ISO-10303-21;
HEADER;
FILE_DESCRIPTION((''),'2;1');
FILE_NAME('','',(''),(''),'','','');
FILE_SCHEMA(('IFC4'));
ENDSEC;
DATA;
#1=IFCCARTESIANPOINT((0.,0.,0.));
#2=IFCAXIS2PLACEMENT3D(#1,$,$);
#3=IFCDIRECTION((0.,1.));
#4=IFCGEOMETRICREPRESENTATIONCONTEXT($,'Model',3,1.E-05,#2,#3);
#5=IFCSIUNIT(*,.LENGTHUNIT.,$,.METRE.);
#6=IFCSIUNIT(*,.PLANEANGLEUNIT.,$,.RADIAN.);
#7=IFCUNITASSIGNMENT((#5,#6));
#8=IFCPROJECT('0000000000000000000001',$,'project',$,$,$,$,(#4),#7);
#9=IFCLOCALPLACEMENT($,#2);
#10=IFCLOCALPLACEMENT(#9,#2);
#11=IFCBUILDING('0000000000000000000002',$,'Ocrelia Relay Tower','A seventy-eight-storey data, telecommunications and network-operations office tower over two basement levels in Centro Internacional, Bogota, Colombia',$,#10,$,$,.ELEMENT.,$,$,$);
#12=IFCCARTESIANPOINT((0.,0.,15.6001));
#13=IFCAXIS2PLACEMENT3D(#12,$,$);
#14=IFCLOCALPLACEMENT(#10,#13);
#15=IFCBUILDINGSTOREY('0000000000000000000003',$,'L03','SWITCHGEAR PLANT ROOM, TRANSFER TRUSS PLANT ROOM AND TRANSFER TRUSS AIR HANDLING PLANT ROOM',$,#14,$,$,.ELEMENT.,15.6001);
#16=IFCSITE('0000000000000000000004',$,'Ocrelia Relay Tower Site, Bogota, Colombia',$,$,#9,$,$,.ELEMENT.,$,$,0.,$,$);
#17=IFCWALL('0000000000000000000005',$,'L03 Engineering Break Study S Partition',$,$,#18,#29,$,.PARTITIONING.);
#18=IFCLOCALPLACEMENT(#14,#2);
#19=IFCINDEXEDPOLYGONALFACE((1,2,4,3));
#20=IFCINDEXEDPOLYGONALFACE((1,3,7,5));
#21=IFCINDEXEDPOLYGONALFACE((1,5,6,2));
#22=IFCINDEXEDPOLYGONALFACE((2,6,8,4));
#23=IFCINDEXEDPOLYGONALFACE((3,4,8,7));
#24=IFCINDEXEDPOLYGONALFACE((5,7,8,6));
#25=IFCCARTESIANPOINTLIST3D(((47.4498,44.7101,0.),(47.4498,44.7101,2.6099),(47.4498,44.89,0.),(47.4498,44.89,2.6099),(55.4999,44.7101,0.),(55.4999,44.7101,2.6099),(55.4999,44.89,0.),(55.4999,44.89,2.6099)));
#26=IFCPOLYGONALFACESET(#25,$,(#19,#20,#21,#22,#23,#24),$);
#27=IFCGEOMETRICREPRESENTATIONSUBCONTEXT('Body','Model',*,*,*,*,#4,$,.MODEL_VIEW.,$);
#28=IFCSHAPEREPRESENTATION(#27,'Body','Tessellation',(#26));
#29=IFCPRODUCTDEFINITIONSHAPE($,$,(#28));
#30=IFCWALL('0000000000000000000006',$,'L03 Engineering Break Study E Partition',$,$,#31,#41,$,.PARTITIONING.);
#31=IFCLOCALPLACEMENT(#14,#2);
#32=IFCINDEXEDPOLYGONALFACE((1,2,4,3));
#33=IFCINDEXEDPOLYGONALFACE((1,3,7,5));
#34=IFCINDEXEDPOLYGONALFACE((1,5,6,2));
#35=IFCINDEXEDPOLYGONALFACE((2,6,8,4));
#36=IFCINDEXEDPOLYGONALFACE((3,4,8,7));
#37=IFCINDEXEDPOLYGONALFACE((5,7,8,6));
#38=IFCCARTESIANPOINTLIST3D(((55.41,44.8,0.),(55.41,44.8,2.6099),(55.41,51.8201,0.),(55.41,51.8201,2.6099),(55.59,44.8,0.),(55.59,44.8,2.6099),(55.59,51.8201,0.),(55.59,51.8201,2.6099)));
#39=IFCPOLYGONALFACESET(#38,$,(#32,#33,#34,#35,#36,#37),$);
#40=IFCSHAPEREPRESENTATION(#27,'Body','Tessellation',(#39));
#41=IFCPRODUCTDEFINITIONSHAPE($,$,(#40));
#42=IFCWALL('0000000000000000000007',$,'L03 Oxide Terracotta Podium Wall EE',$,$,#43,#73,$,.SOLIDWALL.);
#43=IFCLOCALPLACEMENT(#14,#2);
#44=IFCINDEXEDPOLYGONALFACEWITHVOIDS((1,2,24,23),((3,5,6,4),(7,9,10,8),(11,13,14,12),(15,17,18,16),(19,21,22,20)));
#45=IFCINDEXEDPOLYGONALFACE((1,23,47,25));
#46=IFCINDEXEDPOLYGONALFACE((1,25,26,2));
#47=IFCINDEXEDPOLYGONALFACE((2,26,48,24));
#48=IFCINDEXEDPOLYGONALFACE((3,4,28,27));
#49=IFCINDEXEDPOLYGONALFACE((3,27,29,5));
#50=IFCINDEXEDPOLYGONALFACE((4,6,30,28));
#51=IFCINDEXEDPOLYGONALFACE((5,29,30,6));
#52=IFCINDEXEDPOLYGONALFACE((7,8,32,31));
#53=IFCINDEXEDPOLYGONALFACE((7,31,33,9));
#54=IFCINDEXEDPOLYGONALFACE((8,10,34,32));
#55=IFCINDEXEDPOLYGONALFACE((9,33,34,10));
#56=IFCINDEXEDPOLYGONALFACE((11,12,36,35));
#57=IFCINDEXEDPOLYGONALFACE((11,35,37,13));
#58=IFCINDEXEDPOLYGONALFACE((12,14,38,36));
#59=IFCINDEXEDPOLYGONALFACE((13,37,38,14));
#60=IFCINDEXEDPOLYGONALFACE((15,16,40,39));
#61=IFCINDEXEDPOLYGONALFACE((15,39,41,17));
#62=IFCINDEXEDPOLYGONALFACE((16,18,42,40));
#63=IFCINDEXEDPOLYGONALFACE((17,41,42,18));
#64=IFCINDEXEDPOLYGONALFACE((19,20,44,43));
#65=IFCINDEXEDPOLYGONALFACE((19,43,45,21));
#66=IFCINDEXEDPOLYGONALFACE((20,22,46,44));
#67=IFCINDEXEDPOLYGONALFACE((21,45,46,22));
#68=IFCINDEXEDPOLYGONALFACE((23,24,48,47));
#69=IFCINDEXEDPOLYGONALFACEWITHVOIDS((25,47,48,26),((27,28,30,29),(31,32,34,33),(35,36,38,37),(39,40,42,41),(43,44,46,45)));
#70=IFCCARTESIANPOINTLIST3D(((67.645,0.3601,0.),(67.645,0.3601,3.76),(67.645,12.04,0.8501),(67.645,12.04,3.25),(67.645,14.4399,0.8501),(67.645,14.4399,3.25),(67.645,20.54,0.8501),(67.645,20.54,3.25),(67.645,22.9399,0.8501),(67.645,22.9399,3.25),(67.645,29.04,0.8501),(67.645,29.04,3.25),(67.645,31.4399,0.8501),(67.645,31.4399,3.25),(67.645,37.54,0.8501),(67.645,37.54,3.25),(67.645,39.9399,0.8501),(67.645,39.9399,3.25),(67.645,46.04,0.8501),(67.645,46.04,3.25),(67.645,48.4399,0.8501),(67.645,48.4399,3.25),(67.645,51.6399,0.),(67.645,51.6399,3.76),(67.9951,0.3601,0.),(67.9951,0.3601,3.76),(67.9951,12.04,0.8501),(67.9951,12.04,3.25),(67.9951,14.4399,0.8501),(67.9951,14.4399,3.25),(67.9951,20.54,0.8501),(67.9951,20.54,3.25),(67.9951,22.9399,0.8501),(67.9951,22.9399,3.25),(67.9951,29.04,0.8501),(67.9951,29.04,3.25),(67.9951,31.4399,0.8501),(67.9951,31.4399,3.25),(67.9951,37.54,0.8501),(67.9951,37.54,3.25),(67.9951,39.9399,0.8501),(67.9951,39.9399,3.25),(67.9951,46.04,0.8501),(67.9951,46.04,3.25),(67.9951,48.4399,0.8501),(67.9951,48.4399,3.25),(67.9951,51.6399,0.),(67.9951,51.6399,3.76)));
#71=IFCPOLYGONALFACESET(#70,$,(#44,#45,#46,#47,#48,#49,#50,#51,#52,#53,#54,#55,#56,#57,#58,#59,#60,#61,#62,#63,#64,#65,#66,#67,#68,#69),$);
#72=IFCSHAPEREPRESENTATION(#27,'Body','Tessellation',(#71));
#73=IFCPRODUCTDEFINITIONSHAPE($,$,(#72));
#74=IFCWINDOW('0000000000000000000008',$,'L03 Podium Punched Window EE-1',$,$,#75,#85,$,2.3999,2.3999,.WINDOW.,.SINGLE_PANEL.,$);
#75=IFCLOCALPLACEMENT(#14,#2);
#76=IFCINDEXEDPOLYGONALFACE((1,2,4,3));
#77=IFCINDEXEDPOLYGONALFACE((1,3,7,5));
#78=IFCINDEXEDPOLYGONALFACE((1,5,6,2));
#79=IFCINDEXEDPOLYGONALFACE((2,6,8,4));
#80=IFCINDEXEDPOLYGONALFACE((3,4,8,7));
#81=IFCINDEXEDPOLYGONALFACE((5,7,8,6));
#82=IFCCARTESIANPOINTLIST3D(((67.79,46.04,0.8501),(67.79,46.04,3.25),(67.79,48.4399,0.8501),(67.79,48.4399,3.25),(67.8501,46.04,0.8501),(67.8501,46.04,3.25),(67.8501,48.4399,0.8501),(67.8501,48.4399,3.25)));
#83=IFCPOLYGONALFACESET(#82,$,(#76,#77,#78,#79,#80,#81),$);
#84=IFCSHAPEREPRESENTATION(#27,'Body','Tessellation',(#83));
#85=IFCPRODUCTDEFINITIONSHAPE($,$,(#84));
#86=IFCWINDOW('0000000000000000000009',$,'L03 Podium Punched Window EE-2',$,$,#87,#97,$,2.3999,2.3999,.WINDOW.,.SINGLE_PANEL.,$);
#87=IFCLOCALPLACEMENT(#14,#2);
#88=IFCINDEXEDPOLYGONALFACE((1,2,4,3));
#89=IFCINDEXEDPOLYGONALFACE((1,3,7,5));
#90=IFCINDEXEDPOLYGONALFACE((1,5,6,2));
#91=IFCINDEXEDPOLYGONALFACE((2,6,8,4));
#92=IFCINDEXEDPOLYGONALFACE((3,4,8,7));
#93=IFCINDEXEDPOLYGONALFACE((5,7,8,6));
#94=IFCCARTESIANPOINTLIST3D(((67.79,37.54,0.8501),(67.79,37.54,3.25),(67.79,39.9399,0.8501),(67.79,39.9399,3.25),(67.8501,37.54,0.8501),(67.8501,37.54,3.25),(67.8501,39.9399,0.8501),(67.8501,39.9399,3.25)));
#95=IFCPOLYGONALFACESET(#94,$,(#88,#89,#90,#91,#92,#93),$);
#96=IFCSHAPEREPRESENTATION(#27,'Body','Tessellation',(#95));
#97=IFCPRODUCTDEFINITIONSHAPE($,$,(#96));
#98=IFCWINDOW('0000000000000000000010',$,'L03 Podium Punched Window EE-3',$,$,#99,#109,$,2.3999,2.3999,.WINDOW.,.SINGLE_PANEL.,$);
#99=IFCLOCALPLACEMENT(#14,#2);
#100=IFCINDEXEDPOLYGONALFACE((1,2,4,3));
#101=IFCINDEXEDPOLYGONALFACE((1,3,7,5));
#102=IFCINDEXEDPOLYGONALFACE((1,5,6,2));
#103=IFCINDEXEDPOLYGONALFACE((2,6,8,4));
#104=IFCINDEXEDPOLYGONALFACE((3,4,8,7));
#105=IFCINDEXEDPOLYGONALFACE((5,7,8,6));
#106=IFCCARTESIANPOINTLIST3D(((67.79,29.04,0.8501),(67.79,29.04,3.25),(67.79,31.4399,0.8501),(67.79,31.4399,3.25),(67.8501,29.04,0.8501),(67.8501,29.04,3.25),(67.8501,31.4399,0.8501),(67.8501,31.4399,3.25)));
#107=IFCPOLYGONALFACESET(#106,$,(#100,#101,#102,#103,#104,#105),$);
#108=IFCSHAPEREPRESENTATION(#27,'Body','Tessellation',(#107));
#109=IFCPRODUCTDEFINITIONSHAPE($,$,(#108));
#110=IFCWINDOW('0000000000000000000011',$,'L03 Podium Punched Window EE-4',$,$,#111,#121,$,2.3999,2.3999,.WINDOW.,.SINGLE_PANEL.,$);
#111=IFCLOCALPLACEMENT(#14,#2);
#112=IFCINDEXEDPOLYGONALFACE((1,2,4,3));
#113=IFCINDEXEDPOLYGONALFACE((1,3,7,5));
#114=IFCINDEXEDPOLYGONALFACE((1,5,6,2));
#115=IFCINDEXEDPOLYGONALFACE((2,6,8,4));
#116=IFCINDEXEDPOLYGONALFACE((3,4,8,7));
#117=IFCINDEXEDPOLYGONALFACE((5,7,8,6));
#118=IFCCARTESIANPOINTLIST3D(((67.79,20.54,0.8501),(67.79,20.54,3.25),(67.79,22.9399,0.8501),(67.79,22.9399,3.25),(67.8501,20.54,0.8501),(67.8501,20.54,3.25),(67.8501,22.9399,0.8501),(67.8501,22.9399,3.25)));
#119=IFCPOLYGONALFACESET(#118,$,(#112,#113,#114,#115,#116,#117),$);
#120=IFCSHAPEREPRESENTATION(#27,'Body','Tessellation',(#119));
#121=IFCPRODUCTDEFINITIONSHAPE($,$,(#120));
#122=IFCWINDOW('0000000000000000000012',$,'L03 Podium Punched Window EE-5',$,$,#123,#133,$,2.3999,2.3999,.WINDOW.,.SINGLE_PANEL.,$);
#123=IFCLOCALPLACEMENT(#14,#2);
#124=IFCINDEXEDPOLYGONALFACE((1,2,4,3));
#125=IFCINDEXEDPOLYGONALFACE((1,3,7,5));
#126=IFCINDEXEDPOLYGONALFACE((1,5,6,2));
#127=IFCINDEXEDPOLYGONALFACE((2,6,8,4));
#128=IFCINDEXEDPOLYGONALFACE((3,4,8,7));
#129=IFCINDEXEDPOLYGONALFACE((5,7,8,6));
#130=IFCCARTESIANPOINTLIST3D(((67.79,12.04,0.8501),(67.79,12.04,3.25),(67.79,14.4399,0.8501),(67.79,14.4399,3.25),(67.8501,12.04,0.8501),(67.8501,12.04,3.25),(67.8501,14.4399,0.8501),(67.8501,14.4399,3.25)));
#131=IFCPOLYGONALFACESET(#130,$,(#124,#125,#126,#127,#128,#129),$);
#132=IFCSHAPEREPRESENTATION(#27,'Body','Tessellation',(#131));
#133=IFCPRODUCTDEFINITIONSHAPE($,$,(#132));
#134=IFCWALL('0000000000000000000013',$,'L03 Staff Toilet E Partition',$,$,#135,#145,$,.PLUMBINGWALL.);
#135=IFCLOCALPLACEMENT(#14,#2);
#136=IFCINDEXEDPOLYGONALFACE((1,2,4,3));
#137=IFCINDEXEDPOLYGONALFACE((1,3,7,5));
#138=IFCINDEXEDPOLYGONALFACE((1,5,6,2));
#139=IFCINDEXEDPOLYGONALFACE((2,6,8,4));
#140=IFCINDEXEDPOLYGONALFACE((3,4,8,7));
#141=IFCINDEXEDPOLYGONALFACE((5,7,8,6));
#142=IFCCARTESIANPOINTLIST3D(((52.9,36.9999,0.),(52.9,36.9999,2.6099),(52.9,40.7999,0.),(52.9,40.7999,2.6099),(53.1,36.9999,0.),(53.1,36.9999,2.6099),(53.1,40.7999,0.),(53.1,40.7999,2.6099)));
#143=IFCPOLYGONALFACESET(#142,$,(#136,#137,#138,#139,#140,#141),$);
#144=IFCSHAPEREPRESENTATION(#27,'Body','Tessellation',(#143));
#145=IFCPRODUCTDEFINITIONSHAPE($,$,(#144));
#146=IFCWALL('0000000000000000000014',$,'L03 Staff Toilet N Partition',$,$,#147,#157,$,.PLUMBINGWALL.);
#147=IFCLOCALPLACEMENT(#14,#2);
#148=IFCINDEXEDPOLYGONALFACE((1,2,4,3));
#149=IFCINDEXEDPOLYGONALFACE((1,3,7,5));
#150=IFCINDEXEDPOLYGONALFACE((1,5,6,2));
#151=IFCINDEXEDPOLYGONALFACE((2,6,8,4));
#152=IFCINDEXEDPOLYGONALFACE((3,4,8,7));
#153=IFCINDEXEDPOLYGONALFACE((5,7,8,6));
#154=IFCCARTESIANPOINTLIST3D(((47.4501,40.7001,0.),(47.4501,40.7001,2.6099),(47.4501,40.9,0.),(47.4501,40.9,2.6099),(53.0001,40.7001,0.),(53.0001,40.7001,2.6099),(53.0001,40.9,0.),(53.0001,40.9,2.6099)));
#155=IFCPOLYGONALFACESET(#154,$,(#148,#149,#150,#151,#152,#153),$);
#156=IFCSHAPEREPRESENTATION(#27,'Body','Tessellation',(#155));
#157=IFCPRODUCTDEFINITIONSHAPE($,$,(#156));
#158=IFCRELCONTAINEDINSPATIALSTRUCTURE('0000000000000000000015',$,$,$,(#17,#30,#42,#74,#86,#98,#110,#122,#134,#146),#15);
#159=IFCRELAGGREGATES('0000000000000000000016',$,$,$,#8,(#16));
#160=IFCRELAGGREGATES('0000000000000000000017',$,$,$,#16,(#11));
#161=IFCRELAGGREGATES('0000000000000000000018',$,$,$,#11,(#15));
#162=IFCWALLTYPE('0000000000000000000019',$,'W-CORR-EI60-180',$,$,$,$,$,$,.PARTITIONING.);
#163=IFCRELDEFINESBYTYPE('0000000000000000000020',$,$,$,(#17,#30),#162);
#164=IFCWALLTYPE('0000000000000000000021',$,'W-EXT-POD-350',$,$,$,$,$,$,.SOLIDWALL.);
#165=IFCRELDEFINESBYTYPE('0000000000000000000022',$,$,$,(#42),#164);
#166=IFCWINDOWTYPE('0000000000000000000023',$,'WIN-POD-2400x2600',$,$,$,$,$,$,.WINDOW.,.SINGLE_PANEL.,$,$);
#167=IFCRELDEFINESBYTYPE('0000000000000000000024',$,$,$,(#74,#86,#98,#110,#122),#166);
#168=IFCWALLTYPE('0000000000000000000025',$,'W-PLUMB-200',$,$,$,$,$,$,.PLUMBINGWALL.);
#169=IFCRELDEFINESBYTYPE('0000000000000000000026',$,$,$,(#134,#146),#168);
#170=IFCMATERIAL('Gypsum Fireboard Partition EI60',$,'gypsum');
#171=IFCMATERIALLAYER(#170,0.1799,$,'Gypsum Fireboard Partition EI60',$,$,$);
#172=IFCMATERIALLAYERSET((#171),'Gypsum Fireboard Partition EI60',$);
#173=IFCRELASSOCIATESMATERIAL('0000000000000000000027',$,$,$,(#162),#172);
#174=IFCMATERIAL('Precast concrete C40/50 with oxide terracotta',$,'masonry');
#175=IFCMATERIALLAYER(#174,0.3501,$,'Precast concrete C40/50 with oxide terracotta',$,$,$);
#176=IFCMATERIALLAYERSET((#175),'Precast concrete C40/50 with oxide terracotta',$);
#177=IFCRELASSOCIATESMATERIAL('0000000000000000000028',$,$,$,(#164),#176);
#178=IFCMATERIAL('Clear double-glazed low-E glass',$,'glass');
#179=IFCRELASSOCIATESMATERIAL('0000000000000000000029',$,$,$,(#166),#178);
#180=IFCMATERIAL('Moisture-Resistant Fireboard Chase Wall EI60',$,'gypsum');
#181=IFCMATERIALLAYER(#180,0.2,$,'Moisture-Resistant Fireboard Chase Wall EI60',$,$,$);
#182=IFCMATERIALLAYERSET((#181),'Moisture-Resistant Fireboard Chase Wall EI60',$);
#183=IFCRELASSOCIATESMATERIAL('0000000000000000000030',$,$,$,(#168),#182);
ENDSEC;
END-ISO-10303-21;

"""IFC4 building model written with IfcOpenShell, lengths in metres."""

from ifc_helpers import new_model, si_unit, direction, frame, frame_2d, origin, place, context, subcontext, project, spatial, rectangle, extrude, material, layer, layer_set, type_object, element, fill, save


model = new_model("IFC4")

# Units and contexts
model_context = context("Model", 3, precision=1e-05, world=origin(), true_north=direction((0.0, 1.0)))
body_context = subcontext(model_context, "Body", "Model", "MODEL_VIEW")
ifc_project = project(units=[si_unit("LENGTHUNIT", "METRE"), si_unit("PLANEANGLEUNIT", "RADIAN")], contexts=[model_context])

# Site, building, storey
site_placement = place(None, origin())
site = spatial("IfcSite", under=ifc_project, at=site_placement, Name="Ocrelia Relay Tower Site, Bogota, Colombia", CompositionType="ELEMENT", RefElevation=0.0)
building_placement = place(site_placement, origin())
building = spatial("IfcBuilding", under=site, at=building_placement, Name="Ocrelia Relay Tower", Description="A seventy-eight-storey data, telecommunications and network-operations office tower over two basement levels in Centro Internacional, Bogota, Colombia", CompositionType="ELEMENT")
storey_placement = place(building_placement, frame((0.0, 0.0, 15.6001)))
storey = spatial("IfcBuildingStorey", under=building, at=storey_placement, Name="L03", Description="SWITCHGEAR PLANT ROOM, TRANSFER TRUSS PLANT ROOM AND TRANSFER TRUSS AIR HANDLING PLANT ROOM", CompositionType="ELEMENT", Elevation=15.6001)

# Shared definitions
ifc_material_1 = material(Name="Gypsum Fireboard Partition EI60", Category="gypsum")
ifc_layer_1 = layer(ifc_material_1, 0.1799, Name="Gypsum Fireboard Partition EI60")
ifc_layer_set_1 = layer_set([ifc_layer_1], Name="Gypsum Fireboard Partition EI60")
wall_type_1 = type_object("IfcWallType", Name="W-CORR-EI60-180", PredefinedType="PARTITIONING", material=ifc_layer_set_1)

# Walls
wall_1_placement = place(storey_placement, frame((47.45, 44.8, 0.0), z_axis=(0.0, 0.0, 1.0), x_axis=(1.0, 0.0, 0.0)))
element("IfcWall", 1, at=wall_1_placement, inside=storey, type_object=wall_type_1, Name="L03 Engineering Break Study S Partition", PredefinedType="PARTITIONING", context=body_context, shape_type="SweptSolid", body=[
    extrude(rectangle(XDim=8.05, YDim=0.1799, at=frame_2d((4.0249, 0.0))), origin(), (0.0, 0.0, 1.0), 2.6099),
])
wall_2_placement = place(storey_placement, frame((55.5, 44.8, 0.0), z_axis=(0.0, 0.0, 1.0), x_axis=(0.0, 1.0, 0.0)))
element("IfcWall", 2, at=wall_2_placement, inside=storey, type_object=wall_type_1, Name="L03 Engineering Break Study E Partition", PredefinedType="PARTITIONING", context=body_context, shape_type="SweptSolid", body=[
    extrude(rectangle(XDim=7.02, YDim=0.1799, at=frame_2d((3.51, 0.0))), origin(), (0.0, 0.0, 1.0), 2.6099),
])

# Wall, openings, windows
ifc_material_2 = material(Name="Precast concrete C40/50 with oxide terracotta", Category="masonry")
ifc_layer_2 = layer(ifc_material_2, 0.3501, Name="Precast concrete C40/50 with oxide terracotta")
ifc_layer_set_2 = layer_set([ifc_layer_2], Name="Precast concrete C40/50 with oxide terracotta")
wall_type_2 = type_object("IfcWallType", Name="W-EXT-POD-350", PredefinedType="SOLIDWALL", material=ifc_layer_set_2)
wall_3_placement = place(storey_placement, frame((67.8201, 51.6399, 0.0), z_axis=(0.0, 0.0, 1.0), x_axis=(0.0, -1.0, 0.0)))
wall_3 = element("IfcWall", 3, at=wall_3_placement, inside=storey, type_object=wall_type_2, Name="L03 Oxide Terracotta Podium Wall EE", PredefinedType="SOLIDWALL", context=body_context, shape_type="SweptSolid", body=[
    extrude(rectangle(XDim=51.2798, YDim=0.3501, at=frame_2d((25.6399, 0.0))), origin(), (0.0, 0.0, 1.0), 3.76),
])
opening_1_placement = place(wall_3_placement, frame((3.2, 0.0, 0.8501)))
opening_1 = element("IfcOpeningElement", 4, at=opening_1_placement, cuts=wall_3, PredefinedType="OPENING", context=body_context, shape_type="SweptSolid", body=[
    extrude(rectangle(XDim=2.3999, YDim=2.3999, at=frame_2d((1.2, 1.2))), frame((0.0, 0.1851, 0.0), z_axis=(0.0, -1.0, 0.0), x_axis=(1.0, 0.0, 0.0)), (0.0, 0.0, 1.0), 0.3701),
])
opening_2_placement = place(wall_3_placement, frame((11.7, 0.0, 0.8501)))
opening_2 = element("IfcOpeningElement", 5, at=opening_2_placement, cuts=wall_3, PredefinedType="OPENING", context=body_context, shape_type="SweptSolid", body=[
    extrude(rectangle(XDim=2.3999, YDim=2.3999, at=frame_2d((1.2, 1.2))), frame((0.0, 0.1851, 0.0), z_axis=(0.0, -1.0, 0.0), x_axis=(1.0, 0.0, 0.0)), (0.0, 0.0, 1.0), 0.3701),
])
opening_3_placement = place(wall_3_placement, frame((20.2, 0.0, 0.8501)))
opening_3 = element("IfcOpeningElement", 6, at=opening_3_placement, cuts=wall_3, PredefinedType="OPENING", context=body_context, shape_type="SweptSolid", body=[
    extrude(rectangle(XDim=2.3999, YDim=2.3999, at=frame_2d((1.2, 1.2))), frame((0.0, 0.1851, 0.0), z_axis=(0.0, -1.0, 0.0), x_axis=(1.0, 0.0, 0.0)), (0.0, 0.0, 1.0), 0.3701),
])
opening_4_placement = place(wall_3_placement, frame((28.7, 0.0, 0.8501)))
opening_4 = element("IfcOpeningElement", 7, at=opening_4_placement, cuts=wall_3, PredefinedType="OPENING", context=body_context, shape_type="SweptSolid", body=[
    extrude(rectangle(XDim=2.3999, YDim=2.3999, at=frame_2d((1.2, 1.2))), frame((0.0, 0.1851, 0.0), z_axis=(0.0, -1.0, 0.0), x_axis=(1.0, 0.0, 0.0)), (0.0, 0.0, 1.0), 0.3701),
])
opening_5_placement = place(wall_3_placement, frame((37.2, 0.0, 0.8501)))
opening_5 = element("IfcOpeningElement", 8, at=opening_5_placement, cuts=wall_3, PredefinedType="OPENING", context=body_context, shape_type="SweptSolid", body=[
    extrude(rectangle(XDim=2.3999, YDim=2.3999, at=frame_2d((1.2, 1.2))), frame((0.0, 0.1851, 0.0), z_axis=(0.0, -1.0, 0.0), x_axis=(1.0, 0.0, 0.0)), (0.0, 0.0, 1.0), 0.3701),
])
ifc_material_3 = material(Name="Clear double-glazed low-E glass", Category="glass")
window_type = type_object("IfcWindowType", Name="WIN-POD-2400x2600", PartitioningType="SINGLE_PANEL", PredefinedType="WINDOW", material=ifc_material_3)
window_1_placement = place(opening_1_placement, origin())
window_1 = element("IfcWindow", 9, at=window_1_placement, inside=storey, type_object=window_type, Name="L03 Podium Punched Window EE-1", OverallHeight=2.3999, OverallWidth=2.3999, PartitioningType="SINGLE_PANEL", PredefinedType="WINDOW", context=body_context, shape_type="SweptSolid", body=[
    extrude(rectangle(XDim=2.3999, YDim=2.3999, at=frame_2d((1.2, 1.2))), frame((0.0, 0.03, 0.0), z_axis=(0.0, -1.0, 0.0), x_axis=(1.0, 0.0, 0.0)), (0.0, 0.0, 1.0), 0.0601),
])
fill(opening_1, window_1)
window_2_placement = place(opening_2_placement, origin())
window_2 = element("IfcWindow", 10, at=window_2_placement, inside=storey, type_object=window_type, Name="L03 Podium Punched Window EE-2", OverallHeight=2.3999, OverallWidth=2.3999, PartitioningType="SINGLE_PANEL", PredefinedType="WINDOW", context=body_context, shape_type="SweptSolid", body=[
    extrude(rectangle(XDim=2.3999, YDim=2.3999, at=frame_2d((1.2, 1.2))), frame((0.0, 0.03, 0.0), z_axis=(0.0, -1.0, 0.0), x_axis=(1.0, 0.0, 0.0)), (0.0, 0.0, 1.0), 0.0601),
])
fill(opening_2, window_2)
window_3_placement = place(opening_3_placement, origin())
window_3 = element("IfcWindow", 11, at=window_3_placement, inside=storey, type_object=window_type, Name="L03 Podium Punched Window EE-3", OverallHeight=2.3999, OverallWidth=2.3999, PartitioningType="SINGLE_PANEL", PredefinedType="WINDOW", context=body_context, shape_type="SweptSolid", body=[
    extrude(rectangle(XDim=2.3999, YDim=2.3999, at=frame_2d((1.2, 1.2))), frame((0.0, 0.03, 0.0), z_axis=(0.0, -1.0, 0.0), x_axis=(1.0, 0.0, 0.0)), (0.0, 0.0, 1.0), 0.0601),
])
fill(opening_3, window_3)
window_4_placement = place(opening_4_placement, origin())
window_4 = element("IfcWindow", 12, at=window_4_placement, inside=storey, type_object=window_type, Name="L03 Podium Punched Window EE-4", OverallHeight=2.3999, OverallWidth=2.3999, PartitioningType="SINGLE_PANEL", PredefinedType="WINDOW", context=body_context, shape_type="SweptSolid", body=[
    extrude(rectangle(XDim=2.3999, YDim=2.3999, at=frame_2d((1.2, 1.2))), frame((0.0, 0.03, 0.0), z_axis=(0.0, -1.0, 0.0), x_axis=(1.0, 0.0, 0.0)), (0.0, 0.0, 1.0), 0.0601),
])
fill(opening_4, window_4)
window_5_placement = place(opening_5_placement, origin())
window_5 = element("IfcWindow", 13, at=window_5_placement, inside=storey, type_object=window_type, Name="L03 Podium Punched Window EE-5", OverallHeight=2.3999, OverallWidth=2.3999, PartitioningType="SINGLE_PANEL", PredefinedType="WINDOW", context=body_context, shape_type="SweptSolid", body=[
    extrude(rectangle(XDim=2.3999, YDim=2.3999, at=frame_2d((1.2, 1.2))), frame((0.0, 0.03, 0.0), z_axis=(0.0, -1.0, 0.0), x_axis=(1.0, 0.0, 0.0)), (0.0, 0.0, 1.0), 0.0601),
])
fill(opening_5, window_5)

# Walls
ifc_material_4 = material(Name="Moisture-Resistant Fireboard Chase Wall EI60", Category="gypsum")
ifc_layer_3 = layer(ifc_material_4, 0.2, Name="Moisture-Resistant Fireboard Chase Wall EI60")
ifc_layer_set_3 = layer_set([ifc_layer_3], Name="Moisture-Resistant Fireboard Chase Wall EI60")
wall_type_3 = type_object("IfcWallType", Name="W-PLUMB-200", PredefinedType="PLUMBINGWALL", material=ifc_layer_set_3)
wall_4_placement = place(storey_placement, frame((53.0, 37.0, 0.0), z_axis=(0.0, 0.0, 1.0), x_axis=(0.0, 1.0, 0.0)))
element("IfcWall", 14, at=wall_4_placement, inside=storey, type_object=wall_type_3, Name="L03 Staff Toilet E Partition", PredefinedType="PLUMBINGWALL", context=body_context, shape_type="SweptSolid", body=[
    extrude(rectangle(XDim=3.8, YDim=0.2, at=frame_2d((1.8999, 0.0))), origin(), (0.0, 0.0, 1.0), 2.6099),
])
wall_5_placement = place(storey_placement, frame((53.0, 40.8, 0.0), z_axis=(0.0, 0.0, 1.0), x_axis=(-1.0, 0.0, 0.0)))
element("IfcWall", 15, at=wall_5_placement, inside=storey, type_object=wall_type_3, Name="L03 Staff Toilet N Partition", PredefinedType="PLUMBINGWALL", context=body_context, shape_type="SweptSolid", body=[
    extrude(rectangle(XDim=5.55, YDim=0.2, at=frame_2d((2.7749, 0.0))), origin(), (0.0, 0.0, 1.0), 2.6099),
])

save(model, "model.ifc")
